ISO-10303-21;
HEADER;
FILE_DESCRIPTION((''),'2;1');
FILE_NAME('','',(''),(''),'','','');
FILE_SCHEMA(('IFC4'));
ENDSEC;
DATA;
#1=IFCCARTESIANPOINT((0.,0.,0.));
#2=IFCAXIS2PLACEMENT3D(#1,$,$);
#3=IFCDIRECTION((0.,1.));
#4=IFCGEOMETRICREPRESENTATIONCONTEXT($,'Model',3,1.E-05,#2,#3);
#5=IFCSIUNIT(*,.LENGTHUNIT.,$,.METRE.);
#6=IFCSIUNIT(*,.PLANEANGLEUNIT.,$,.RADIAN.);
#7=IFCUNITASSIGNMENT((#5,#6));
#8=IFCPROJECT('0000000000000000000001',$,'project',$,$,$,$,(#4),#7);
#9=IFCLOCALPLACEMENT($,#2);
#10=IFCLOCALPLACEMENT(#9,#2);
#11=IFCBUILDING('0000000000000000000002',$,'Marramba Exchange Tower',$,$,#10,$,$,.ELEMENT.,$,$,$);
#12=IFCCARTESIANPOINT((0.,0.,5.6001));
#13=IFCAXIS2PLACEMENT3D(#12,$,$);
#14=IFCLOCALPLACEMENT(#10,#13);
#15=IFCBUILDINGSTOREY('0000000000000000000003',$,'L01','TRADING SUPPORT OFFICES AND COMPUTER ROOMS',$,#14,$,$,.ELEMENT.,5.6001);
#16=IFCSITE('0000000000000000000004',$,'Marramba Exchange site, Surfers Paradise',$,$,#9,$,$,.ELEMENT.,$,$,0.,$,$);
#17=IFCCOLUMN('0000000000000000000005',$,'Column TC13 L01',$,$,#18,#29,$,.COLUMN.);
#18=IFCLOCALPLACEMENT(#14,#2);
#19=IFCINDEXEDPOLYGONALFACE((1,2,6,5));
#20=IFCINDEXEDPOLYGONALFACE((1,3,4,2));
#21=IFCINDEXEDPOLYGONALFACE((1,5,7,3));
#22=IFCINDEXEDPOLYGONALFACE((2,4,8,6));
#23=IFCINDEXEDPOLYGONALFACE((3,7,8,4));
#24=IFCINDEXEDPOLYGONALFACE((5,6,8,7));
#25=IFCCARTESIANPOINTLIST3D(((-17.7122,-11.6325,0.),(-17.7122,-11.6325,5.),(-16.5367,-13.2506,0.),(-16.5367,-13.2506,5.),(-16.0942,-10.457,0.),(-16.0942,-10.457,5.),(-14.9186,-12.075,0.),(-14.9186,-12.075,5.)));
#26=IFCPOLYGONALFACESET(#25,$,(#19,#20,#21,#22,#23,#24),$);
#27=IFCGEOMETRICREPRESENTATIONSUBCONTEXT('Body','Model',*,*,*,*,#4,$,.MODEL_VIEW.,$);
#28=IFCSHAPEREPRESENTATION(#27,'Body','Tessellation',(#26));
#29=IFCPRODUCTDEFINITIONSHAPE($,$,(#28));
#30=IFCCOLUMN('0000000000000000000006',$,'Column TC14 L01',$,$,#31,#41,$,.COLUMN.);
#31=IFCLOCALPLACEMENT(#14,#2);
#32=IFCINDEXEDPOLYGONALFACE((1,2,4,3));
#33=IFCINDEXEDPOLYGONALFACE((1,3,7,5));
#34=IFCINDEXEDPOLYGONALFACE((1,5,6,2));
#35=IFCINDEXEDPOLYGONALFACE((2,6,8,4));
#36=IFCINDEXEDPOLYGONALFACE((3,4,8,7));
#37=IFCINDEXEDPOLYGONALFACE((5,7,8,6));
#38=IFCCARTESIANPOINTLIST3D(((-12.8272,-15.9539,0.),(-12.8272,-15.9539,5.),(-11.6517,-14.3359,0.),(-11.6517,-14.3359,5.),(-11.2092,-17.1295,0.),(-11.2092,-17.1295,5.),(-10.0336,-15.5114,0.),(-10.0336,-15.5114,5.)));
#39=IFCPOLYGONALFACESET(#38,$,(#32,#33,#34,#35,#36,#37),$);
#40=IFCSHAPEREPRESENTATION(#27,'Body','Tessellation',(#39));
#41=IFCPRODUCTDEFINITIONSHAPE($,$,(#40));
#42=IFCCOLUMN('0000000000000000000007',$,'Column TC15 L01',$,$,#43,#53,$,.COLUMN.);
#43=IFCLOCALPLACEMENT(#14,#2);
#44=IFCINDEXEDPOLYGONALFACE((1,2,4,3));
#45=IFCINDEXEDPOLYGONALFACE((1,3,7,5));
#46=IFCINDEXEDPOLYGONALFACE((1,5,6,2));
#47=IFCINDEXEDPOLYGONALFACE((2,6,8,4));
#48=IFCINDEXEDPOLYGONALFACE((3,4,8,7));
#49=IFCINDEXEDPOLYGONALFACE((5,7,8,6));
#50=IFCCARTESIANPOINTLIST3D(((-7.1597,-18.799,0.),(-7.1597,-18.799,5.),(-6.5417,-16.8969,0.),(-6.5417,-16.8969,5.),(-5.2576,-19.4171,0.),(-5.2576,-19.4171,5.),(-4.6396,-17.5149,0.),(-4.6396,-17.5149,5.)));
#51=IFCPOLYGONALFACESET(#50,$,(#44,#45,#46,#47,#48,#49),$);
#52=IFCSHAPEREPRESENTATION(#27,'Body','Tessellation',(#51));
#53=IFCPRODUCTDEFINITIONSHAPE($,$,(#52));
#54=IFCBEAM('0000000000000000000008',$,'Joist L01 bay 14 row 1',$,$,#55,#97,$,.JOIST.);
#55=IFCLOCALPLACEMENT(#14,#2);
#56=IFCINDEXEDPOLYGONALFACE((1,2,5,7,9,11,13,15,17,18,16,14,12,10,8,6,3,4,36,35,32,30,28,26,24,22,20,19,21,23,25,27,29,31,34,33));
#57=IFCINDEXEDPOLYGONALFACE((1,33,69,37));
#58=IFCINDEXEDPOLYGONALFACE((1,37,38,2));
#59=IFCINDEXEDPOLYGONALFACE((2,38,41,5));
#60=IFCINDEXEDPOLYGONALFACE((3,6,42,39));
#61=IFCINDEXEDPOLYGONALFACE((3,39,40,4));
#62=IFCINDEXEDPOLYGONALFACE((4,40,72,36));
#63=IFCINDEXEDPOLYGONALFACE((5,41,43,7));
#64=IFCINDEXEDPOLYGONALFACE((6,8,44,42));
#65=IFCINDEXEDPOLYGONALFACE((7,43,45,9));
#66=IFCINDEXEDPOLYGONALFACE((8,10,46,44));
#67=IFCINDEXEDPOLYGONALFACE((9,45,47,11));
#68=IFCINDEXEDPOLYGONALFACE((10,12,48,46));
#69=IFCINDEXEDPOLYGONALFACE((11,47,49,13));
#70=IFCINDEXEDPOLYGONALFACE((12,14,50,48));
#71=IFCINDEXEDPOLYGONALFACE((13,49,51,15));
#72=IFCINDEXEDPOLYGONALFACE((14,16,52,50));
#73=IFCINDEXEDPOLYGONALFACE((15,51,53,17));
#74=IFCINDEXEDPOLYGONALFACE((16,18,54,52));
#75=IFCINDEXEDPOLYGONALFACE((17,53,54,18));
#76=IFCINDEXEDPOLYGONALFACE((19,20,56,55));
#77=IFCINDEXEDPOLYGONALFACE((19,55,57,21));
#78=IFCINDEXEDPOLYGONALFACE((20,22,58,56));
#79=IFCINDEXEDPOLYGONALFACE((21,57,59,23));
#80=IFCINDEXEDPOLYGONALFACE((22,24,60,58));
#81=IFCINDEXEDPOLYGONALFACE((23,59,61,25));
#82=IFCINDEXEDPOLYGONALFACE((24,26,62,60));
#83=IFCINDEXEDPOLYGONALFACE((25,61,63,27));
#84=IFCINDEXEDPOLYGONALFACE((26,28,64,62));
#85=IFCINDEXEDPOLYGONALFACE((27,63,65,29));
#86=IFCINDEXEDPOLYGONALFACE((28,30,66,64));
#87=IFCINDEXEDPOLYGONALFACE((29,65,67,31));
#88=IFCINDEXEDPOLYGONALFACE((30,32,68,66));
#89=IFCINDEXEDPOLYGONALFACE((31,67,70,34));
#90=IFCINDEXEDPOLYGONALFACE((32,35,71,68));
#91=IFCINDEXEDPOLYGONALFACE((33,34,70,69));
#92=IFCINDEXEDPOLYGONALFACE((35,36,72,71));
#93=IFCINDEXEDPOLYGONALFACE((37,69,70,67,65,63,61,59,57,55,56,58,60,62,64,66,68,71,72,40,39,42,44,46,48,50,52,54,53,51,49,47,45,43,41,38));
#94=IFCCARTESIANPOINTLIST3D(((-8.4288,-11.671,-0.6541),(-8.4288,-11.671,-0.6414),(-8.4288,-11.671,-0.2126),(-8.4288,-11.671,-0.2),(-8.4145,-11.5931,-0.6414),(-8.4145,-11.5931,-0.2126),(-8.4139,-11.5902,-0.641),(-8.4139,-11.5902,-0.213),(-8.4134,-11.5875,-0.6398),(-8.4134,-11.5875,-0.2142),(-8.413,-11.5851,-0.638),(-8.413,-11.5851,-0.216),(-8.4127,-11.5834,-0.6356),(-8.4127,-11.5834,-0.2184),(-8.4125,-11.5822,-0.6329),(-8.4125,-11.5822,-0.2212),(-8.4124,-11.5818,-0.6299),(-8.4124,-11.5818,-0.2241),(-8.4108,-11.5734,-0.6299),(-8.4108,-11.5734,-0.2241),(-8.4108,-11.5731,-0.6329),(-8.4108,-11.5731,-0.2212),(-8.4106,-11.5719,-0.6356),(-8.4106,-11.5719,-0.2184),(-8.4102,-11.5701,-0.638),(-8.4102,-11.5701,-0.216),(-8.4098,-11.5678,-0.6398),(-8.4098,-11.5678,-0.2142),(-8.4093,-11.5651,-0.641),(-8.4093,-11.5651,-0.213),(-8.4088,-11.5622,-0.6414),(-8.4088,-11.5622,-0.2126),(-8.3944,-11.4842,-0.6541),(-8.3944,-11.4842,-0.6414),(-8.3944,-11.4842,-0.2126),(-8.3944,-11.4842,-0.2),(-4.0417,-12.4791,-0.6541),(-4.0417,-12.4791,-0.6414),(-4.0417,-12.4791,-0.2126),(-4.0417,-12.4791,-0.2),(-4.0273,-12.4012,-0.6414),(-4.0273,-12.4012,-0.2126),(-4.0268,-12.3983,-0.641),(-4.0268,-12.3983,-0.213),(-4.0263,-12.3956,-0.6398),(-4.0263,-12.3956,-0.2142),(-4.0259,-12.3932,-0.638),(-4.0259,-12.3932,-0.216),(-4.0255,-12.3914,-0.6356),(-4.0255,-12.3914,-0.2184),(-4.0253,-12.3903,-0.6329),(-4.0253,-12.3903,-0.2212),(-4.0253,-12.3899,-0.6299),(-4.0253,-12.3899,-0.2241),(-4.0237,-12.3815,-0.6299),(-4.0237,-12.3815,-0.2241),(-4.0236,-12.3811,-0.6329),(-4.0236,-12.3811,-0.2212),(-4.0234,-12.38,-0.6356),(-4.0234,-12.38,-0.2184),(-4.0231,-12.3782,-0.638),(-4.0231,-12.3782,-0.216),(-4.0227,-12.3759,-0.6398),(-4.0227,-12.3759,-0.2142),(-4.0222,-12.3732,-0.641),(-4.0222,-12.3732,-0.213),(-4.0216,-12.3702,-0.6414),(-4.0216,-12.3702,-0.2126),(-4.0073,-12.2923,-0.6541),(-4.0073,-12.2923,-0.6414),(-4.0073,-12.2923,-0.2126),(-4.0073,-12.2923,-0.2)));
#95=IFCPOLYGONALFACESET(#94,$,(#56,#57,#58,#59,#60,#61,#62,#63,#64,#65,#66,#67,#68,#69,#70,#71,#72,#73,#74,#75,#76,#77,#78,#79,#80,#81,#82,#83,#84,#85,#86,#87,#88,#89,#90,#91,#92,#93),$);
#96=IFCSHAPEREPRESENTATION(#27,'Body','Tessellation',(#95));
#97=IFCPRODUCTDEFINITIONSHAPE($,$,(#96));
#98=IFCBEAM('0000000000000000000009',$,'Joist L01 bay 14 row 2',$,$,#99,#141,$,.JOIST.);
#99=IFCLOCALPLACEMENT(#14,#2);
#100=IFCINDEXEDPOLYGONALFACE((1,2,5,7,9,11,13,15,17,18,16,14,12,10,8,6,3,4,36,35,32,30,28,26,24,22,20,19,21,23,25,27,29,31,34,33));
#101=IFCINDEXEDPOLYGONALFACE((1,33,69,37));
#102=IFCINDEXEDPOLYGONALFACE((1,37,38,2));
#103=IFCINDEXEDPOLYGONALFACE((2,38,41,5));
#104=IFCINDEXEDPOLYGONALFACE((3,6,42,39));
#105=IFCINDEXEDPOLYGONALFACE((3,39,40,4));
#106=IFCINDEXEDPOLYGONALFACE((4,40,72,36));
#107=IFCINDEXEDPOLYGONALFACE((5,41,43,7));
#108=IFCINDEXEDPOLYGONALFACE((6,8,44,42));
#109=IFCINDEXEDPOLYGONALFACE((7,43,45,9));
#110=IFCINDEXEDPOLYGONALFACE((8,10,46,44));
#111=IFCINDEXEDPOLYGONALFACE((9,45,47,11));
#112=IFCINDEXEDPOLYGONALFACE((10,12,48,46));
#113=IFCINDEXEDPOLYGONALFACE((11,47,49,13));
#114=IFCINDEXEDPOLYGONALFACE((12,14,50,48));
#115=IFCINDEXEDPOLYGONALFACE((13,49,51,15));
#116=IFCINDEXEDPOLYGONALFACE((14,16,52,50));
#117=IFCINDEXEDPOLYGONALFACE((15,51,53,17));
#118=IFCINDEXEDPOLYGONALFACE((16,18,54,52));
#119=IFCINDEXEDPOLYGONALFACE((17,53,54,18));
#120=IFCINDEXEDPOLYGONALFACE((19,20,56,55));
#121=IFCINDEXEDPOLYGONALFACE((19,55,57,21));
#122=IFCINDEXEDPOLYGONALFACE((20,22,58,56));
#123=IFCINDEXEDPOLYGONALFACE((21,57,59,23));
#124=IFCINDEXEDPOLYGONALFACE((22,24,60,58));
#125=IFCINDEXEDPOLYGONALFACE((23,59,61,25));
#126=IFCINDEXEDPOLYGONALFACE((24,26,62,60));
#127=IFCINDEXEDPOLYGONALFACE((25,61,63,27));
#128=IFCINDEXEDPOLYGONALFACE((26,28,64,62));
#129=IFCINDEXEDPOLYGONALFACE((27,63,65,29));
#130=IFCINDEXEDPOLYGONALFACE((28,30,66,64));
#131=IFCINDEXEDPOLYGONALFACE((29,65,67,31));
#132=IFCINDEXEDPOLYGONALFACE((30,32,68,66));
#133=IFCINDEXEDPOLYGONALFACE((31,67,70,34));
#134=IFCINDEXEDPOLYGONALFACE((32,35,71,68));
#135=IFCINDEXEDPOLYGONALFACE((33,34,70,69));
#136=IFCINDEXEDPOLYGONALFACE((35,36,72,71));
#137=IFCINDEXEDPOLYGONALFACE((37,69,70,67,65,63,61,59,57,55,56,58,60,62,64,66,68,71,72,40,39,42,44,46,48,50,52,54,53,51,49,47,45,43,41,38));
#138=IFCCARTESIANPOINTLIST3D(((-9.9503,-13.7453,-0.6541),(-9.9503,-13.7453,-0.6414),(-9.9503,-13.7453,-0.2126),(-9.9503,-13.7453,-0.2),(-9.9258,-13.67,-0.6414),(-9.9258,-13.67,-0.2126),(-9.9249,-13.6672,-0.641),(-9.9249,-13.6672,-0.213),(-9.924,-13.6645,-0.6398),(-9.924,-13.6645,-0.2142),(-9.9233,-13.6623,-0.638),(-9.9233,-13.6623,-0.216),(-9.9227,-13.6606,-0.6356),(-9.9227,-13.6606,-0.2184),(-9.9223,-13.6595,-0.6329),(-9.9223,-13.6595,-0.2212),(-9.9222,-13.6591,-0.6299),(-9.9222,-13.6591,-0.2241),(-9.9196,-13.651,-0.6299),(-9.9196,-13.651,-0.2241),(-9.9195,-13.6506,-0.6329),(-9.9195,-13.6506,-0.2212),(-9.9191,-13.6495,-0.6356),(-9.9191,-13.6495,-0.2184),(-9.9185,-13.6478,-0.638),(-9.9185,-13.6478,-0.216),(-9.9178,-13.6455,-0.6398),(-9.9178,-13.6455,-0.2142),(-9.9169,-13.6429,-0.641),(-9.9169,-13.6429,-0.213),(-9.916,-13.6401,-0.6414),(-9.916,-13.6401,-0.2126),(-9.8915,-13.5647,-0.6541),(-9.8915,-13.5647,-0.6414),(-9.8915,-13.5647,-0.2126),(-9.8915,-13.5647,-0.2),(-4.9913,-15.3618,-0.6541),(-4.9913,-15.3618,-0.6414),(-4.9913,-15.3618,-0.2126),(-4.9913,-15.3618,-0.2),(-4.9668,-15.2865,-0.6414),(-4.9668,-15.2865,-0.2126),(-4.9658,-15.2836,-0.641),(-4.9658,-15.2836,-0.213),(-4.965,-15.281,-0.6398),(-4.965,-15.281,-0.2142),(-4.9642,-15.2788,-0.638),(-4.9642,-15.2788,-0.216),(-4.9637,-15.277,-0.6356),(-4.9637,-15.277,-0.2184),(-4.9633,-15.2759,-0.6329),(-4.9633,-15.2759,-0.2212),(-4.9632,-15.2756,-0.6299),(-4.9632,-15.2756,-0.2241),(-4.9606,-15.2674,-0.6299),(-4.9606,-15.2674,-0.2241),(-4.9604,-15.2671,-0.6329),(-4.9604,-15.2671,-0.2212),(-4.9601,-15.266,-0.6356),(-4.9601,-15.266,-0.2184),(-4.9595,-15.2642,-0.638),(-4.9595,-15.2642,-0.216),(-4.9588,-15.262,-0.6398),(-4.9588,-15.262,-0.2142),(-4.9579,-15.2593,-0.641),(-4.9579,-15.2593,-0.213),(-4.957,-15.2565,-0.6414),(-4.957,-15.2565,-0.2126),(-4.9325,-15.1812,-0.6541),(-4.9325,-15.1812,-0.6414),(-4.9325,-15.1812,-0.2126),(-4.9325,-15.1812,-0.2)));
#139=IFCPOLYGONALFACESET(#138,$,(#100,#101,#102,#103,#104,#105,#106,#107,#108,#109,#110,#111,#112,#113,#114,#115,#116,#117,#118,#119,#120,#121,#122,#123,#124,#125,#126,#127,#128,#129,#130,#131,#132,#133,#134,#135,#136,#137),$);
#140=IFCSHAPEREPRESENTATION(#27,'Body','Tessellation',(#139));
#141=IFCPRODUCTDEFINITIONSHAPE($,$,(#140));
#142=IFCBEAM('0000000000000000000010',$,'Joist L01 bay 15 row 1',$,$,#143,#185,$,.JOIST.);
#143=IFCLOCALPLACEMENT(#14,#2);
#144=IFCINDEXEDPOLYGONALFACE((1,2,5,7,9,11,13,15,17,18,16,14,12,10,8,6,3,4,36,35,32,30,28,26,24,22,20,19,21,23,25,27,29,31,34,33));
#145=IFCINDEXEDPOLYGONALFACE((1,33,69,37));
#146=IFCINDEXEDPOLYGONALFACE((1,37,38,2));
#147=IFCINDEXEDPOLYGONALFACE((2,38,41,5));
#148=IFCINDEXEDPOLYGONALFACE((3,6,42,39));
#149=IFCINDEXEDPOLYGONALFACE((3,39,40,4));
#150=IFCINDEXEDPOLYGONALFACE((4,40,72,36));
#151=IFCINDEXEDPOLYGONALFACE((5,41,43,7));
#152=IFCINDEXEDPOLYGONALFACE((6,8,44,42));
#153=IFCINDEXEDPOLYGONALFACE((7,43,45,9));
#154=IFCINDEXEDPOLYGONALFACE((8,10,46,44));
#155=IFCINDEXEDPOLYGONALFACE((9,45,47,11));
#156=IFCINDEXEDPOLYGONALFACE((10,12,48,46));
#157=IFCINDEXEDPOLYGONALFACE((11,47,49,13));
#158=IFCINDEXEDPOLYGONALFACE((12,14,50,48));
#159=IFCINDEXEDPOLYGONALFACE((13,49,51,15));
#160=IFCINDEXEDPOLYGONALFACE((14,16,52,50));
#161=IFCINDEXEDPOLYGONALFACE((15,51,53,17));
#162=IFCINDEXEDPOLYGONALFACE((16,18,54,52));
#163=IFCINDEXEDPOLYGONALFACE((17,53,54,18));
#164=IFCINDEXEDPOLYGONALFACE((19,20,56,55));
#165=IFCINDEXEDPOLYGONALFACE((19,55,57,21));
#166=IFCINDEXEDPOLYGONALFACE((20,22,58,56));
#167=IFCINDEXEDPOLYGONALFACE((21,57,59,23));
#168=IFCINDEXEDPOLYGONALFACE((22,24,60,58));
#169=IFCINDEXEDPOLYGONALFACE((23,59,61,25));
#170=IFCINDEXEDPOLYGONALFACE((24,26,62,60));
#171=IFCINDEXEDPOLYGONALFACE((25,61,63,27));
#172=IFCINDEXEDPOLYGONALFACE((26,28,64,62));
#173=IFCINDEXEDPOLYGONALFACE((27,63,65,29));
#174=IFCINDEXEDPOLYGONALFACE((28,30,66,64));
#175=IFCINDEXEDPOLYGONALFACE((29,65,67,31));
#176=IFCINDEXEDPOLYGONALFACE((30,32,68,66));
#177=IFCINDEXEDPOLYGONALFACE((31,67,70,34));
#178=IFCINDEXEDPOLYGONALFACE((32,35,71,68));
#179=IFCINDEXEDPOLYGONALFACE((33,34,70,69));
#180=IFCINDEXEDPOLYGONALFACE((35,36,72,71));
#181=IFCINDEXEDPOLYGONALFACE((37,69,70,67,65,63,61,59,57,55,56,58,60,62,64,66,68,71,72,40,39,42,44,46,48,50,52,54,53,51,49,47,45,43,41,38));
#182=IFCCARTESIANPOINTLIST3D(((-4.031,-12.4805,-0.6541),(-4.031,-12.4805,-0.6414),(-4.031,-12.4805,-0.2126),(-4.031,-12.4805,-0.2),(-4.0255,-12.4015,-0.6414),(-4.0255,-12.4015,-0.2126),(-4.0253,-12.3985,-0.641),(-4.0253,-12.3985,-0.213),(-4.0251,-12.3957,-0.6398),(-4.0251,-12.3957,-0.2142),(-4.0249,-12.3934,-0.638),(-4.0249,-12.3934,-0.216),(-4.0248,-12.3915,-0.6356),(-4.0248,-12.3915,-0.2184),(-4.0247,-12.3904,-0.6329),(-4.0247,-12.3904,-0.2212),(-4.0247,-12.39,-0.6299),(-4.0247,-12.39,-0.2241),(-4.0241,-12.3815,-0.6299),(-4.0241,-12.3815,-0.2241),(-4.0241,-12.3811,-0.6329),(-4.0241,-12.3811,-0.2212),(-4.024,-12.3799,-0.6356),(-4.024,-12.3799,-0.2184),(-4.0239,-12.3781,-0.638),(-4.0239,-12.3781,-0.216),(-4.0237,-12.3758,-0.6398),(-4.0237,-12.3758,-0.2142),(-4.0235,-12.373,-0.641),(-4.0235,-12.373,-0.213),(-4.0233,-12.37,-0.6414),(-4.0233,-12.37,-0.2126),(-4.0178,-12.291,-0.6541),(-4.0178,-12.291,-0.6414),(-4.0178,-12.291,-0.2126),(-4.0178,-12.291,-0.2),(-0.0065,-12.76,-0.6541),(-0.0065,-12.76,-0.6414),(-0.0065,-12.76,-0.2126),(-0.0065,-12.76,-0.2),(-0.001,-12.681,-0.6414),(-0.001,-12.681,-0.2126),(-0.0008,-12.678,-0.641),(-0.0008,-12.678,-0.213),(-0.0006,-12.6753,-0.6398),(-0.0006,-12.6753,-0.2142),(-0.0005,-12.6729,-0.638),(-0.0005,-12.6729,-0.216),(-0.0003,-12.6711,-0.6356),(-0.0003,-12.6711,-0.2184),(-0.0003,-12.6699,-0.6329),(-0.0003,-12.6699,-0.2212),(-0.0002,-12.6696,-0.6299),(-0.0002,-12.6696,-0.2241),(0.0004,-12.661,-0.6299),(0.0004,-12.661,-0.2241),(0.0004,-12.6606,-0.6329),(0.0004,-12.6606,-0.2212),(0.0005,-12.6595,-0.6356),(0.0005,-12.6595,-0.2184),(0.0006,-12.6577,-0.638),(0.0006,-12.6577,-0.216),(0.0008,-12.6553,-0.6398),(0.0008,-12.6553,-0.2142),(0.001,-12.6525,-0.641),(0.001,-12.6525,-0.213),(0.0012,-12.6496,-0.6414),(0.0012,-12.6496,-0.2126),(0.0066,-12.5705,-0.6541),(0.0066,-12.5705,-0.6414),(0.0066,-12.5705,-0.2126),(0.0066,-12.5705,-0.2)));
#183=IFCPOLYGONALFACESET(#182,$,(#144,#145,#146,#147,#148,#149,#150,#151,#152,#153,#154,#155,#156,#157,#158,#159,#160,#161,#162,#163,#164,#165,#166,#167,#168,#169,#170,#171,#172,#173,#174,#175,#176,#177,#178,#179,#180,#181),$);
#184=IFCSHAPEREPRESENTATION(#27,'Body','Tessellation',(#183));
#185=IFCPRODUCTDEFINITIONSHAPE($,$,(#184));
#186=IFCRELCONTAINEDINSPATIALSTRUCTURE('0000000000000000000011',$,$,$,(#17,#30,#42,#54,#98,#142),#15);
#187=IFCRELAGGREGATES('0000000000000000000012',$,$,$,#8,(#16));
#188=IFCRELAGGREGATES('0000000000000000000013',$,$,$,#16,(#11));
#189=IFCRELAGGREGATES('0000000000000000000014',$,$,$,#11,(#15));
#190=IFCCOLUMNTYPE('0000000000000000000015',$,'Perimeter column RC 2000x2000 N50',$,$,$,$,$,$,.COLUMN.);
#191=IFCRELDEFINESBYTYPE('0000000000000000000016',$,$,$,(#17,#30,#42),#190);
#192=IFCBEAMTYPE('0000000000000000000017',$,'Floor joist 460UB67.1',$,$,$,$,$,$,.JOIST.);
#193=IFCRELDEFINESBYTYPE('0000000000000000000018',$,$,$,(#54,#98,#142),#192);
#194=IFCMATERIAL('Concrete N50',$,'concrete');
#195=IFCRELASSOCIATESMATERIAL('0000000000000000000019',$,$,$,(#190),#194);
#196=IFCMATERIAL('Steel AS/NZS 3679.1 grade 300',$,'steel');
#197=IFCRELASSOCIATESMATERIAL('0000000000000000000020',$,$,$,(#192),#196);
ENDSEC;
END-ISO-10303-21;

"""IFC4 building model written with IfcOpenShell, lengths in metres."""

from ifc_helpers import new_model, si_unit, direction, frame, origin, origin_2d, place, context, subcontext, project, spatial, rectangle, i_section, extrude, material, material_profile, profile_set, type_object, element, save


model = new_model("IFC4")

# Units and contexts
model_context = context("Model", 3, precision=1e-05, world=origin(), true_north=direction((0.0, 1.0)))
body_context = subcontext(model_context, "Body", "Model", "MODEL_VIEW")
ifc_project = project(units=[si_unit("LENGTHUNIT", "METRE"), si_unit("PLANEANGLEUNIT", "RADIAN")], contexts=[model_context])

# Site, building, storey
site_placement = place(None, origin())
site = spatial("IfcSite", under=ifc_project, at=site_placement, Name="Marramba Exchange site, Surfers Paradise", CompositionType="ELEMENT", RefElevation=0.0)
building_placement = place(site_placement, origin())
building = spatial("IfcBuilding", under=site, at=building_placement, Name="Marramba Exchange Tower", CompositionType="ELEMENT")
storey_placement = place(building_placement, frame((0.0, 0.0, 5.6001)))
storey = spatial("IfcBuildingStorey", under=building, at=storey_placement, Name="L01", Description="TRADING SUPPORT OFFICES AND COMPUTER ROOMS", CompositionType="ELEMENT", Elevation=5.6001)

# Columns
ifc_material_1 = material(Name="Concrete N50", Category="concrete")
ifc_material_profile_1 = material_profile(ifc_material_1, rectangle(XDim=2.0, YDim=2.0, at=origin_2d()), Name="RC 2000x2000")
ifc_profile_set_1 = profile_set([ifc_material_profile_1], Name="Concrete N50")
column_type = type_object("IfcColumnType", Name="Perimeter column RC 2000x2000 N50", PredefinedType="COLUMN", material=ifc_profile_set_1)
for number, where, z_axis, x_axis, name in (
    (1, (-16.3154, -11.8538, 0.0), (0.0, 0.0, 1.0), (-0.809017, -0.587785, 0.0), "Column TC13 L01"),
    (2, (-11.4304, -15.7327, 0.0), (0.0, 0.0, 1.0), (-0.587785, -0.809017, 0.0), "Column TC14 L01"),
    (3, (-5.8997, -18.157, 0.0), (0.0, 0.0, 1.0), (-0.309017, -0.951057, 0.0), "Column TC15 L01"),
):
    element("IfcColumn", number, at=place(storey_placement, frame(where, z_axis=z_axis, x_axis=x_axis)), inside=storey, type_object=column_type, Name=name, PredefinedType="COLUMN", context=body_context, shape_type="SweptSolid", body=[
        extrude(rectangle(XDim=2.0, YDim=2.0, at=origin_2d()), origin(), (0.0, 0.0, 1.0), 5.0),
    ])

# Beams
ifc_material_2 = material(Name="Steel AS/NZS 3679.1 grade 300", Category="steel")
ifc_material_profile_2 = material_profile(ifc_material_2, i_section(OverallWidth=0.1899, OverallDepth=0.4541, WebThickness=0.0085, FlangeThickness=0.0127, FilletRadius=0.0115, at=origin_2d()), Name="460UB67.1")
ifc_profile_set_2 = profile_set([ifc_material_profile_2], Name="Steel AS/NZS 3679.1 grade 300")
beam_type_1 = type_object("IfcBeamType", Name="Floor joist 460UB67.1", PredefinedType="JOIST", material=ifc_profile_set_2)
beam_1_placement = place(storey_placement, frame((-8.4116, -11.5776, -0.427), z_axis=(0.983456, -0.181149, 0.0), x_axis=(0.181149, 0.983456, 0.0)))
element("IfcBeam", 4, at=beam_1_placement, inside=storey, type_object=beam_type_1, Name="Joist L01 bay 14 row 1", PredefinedType="JOIST", context=body_context, shape_type="SweptSolid", body=[
    extrude(i_section(OverallWidth=0.1899, OverallDepth=0.4541, WebThickness=0.0085, FlangeThickness=0.0127, FilletRadius=0.0115, at=origin_2d()), origin(), (0.0, 0.0, 1.0), 4.4609),
])
beam_2_placement = place(storey_placement, frame((-9.9209, -13.655, -0.427), z_axis=(0.950764, -0.309916, 0.0), x_axis=(0.309916, 0.950764, 0.0)))
element("IfcBeam", 5, at=beam_2_placement, inside=storey, type_object=beam_type_1, Name="Joist L01 bay 14 row 2", PredefinedType="JOIST", context=body_context, shape_type="SweptSolid", body=[
    extrude(i_section(OverallWidth=0.1899, OverallDepth=0.4541, WebThickness=0.0085, FlangeThickness=0.0127, FilletRadius=0.0115, at=origin_2d()), origin(), (0.0, 0.0, 1.0), 5.2158),
])
beam_3_placement = place(storey_placement, frame((-4.0244, -12.3857, -0.427), z_axis=(0.997596, -0.069294, 0.0), x_axis=(0.069294, 0.997596, 0.0)))
element("IfcBeam", 6, at=beam_3_placement, inside=storey, type_object=beam_type_1, Name="Joist L01 bay 15 row 1", PredefinedType="JOIST", context=body_context, shape_type="SweptSolid", body=[
    extrude(i_section(OverallWidth=0.1899, OverallDepth=0.4541, WebThickness=0.0085, FlangeThickness=0.0127, FilletRadius=0.0115, at=origin_2d()), origin(), (0.0, 0.0, 1.0), 4.0342),
])

save(model, "model.ifc")
